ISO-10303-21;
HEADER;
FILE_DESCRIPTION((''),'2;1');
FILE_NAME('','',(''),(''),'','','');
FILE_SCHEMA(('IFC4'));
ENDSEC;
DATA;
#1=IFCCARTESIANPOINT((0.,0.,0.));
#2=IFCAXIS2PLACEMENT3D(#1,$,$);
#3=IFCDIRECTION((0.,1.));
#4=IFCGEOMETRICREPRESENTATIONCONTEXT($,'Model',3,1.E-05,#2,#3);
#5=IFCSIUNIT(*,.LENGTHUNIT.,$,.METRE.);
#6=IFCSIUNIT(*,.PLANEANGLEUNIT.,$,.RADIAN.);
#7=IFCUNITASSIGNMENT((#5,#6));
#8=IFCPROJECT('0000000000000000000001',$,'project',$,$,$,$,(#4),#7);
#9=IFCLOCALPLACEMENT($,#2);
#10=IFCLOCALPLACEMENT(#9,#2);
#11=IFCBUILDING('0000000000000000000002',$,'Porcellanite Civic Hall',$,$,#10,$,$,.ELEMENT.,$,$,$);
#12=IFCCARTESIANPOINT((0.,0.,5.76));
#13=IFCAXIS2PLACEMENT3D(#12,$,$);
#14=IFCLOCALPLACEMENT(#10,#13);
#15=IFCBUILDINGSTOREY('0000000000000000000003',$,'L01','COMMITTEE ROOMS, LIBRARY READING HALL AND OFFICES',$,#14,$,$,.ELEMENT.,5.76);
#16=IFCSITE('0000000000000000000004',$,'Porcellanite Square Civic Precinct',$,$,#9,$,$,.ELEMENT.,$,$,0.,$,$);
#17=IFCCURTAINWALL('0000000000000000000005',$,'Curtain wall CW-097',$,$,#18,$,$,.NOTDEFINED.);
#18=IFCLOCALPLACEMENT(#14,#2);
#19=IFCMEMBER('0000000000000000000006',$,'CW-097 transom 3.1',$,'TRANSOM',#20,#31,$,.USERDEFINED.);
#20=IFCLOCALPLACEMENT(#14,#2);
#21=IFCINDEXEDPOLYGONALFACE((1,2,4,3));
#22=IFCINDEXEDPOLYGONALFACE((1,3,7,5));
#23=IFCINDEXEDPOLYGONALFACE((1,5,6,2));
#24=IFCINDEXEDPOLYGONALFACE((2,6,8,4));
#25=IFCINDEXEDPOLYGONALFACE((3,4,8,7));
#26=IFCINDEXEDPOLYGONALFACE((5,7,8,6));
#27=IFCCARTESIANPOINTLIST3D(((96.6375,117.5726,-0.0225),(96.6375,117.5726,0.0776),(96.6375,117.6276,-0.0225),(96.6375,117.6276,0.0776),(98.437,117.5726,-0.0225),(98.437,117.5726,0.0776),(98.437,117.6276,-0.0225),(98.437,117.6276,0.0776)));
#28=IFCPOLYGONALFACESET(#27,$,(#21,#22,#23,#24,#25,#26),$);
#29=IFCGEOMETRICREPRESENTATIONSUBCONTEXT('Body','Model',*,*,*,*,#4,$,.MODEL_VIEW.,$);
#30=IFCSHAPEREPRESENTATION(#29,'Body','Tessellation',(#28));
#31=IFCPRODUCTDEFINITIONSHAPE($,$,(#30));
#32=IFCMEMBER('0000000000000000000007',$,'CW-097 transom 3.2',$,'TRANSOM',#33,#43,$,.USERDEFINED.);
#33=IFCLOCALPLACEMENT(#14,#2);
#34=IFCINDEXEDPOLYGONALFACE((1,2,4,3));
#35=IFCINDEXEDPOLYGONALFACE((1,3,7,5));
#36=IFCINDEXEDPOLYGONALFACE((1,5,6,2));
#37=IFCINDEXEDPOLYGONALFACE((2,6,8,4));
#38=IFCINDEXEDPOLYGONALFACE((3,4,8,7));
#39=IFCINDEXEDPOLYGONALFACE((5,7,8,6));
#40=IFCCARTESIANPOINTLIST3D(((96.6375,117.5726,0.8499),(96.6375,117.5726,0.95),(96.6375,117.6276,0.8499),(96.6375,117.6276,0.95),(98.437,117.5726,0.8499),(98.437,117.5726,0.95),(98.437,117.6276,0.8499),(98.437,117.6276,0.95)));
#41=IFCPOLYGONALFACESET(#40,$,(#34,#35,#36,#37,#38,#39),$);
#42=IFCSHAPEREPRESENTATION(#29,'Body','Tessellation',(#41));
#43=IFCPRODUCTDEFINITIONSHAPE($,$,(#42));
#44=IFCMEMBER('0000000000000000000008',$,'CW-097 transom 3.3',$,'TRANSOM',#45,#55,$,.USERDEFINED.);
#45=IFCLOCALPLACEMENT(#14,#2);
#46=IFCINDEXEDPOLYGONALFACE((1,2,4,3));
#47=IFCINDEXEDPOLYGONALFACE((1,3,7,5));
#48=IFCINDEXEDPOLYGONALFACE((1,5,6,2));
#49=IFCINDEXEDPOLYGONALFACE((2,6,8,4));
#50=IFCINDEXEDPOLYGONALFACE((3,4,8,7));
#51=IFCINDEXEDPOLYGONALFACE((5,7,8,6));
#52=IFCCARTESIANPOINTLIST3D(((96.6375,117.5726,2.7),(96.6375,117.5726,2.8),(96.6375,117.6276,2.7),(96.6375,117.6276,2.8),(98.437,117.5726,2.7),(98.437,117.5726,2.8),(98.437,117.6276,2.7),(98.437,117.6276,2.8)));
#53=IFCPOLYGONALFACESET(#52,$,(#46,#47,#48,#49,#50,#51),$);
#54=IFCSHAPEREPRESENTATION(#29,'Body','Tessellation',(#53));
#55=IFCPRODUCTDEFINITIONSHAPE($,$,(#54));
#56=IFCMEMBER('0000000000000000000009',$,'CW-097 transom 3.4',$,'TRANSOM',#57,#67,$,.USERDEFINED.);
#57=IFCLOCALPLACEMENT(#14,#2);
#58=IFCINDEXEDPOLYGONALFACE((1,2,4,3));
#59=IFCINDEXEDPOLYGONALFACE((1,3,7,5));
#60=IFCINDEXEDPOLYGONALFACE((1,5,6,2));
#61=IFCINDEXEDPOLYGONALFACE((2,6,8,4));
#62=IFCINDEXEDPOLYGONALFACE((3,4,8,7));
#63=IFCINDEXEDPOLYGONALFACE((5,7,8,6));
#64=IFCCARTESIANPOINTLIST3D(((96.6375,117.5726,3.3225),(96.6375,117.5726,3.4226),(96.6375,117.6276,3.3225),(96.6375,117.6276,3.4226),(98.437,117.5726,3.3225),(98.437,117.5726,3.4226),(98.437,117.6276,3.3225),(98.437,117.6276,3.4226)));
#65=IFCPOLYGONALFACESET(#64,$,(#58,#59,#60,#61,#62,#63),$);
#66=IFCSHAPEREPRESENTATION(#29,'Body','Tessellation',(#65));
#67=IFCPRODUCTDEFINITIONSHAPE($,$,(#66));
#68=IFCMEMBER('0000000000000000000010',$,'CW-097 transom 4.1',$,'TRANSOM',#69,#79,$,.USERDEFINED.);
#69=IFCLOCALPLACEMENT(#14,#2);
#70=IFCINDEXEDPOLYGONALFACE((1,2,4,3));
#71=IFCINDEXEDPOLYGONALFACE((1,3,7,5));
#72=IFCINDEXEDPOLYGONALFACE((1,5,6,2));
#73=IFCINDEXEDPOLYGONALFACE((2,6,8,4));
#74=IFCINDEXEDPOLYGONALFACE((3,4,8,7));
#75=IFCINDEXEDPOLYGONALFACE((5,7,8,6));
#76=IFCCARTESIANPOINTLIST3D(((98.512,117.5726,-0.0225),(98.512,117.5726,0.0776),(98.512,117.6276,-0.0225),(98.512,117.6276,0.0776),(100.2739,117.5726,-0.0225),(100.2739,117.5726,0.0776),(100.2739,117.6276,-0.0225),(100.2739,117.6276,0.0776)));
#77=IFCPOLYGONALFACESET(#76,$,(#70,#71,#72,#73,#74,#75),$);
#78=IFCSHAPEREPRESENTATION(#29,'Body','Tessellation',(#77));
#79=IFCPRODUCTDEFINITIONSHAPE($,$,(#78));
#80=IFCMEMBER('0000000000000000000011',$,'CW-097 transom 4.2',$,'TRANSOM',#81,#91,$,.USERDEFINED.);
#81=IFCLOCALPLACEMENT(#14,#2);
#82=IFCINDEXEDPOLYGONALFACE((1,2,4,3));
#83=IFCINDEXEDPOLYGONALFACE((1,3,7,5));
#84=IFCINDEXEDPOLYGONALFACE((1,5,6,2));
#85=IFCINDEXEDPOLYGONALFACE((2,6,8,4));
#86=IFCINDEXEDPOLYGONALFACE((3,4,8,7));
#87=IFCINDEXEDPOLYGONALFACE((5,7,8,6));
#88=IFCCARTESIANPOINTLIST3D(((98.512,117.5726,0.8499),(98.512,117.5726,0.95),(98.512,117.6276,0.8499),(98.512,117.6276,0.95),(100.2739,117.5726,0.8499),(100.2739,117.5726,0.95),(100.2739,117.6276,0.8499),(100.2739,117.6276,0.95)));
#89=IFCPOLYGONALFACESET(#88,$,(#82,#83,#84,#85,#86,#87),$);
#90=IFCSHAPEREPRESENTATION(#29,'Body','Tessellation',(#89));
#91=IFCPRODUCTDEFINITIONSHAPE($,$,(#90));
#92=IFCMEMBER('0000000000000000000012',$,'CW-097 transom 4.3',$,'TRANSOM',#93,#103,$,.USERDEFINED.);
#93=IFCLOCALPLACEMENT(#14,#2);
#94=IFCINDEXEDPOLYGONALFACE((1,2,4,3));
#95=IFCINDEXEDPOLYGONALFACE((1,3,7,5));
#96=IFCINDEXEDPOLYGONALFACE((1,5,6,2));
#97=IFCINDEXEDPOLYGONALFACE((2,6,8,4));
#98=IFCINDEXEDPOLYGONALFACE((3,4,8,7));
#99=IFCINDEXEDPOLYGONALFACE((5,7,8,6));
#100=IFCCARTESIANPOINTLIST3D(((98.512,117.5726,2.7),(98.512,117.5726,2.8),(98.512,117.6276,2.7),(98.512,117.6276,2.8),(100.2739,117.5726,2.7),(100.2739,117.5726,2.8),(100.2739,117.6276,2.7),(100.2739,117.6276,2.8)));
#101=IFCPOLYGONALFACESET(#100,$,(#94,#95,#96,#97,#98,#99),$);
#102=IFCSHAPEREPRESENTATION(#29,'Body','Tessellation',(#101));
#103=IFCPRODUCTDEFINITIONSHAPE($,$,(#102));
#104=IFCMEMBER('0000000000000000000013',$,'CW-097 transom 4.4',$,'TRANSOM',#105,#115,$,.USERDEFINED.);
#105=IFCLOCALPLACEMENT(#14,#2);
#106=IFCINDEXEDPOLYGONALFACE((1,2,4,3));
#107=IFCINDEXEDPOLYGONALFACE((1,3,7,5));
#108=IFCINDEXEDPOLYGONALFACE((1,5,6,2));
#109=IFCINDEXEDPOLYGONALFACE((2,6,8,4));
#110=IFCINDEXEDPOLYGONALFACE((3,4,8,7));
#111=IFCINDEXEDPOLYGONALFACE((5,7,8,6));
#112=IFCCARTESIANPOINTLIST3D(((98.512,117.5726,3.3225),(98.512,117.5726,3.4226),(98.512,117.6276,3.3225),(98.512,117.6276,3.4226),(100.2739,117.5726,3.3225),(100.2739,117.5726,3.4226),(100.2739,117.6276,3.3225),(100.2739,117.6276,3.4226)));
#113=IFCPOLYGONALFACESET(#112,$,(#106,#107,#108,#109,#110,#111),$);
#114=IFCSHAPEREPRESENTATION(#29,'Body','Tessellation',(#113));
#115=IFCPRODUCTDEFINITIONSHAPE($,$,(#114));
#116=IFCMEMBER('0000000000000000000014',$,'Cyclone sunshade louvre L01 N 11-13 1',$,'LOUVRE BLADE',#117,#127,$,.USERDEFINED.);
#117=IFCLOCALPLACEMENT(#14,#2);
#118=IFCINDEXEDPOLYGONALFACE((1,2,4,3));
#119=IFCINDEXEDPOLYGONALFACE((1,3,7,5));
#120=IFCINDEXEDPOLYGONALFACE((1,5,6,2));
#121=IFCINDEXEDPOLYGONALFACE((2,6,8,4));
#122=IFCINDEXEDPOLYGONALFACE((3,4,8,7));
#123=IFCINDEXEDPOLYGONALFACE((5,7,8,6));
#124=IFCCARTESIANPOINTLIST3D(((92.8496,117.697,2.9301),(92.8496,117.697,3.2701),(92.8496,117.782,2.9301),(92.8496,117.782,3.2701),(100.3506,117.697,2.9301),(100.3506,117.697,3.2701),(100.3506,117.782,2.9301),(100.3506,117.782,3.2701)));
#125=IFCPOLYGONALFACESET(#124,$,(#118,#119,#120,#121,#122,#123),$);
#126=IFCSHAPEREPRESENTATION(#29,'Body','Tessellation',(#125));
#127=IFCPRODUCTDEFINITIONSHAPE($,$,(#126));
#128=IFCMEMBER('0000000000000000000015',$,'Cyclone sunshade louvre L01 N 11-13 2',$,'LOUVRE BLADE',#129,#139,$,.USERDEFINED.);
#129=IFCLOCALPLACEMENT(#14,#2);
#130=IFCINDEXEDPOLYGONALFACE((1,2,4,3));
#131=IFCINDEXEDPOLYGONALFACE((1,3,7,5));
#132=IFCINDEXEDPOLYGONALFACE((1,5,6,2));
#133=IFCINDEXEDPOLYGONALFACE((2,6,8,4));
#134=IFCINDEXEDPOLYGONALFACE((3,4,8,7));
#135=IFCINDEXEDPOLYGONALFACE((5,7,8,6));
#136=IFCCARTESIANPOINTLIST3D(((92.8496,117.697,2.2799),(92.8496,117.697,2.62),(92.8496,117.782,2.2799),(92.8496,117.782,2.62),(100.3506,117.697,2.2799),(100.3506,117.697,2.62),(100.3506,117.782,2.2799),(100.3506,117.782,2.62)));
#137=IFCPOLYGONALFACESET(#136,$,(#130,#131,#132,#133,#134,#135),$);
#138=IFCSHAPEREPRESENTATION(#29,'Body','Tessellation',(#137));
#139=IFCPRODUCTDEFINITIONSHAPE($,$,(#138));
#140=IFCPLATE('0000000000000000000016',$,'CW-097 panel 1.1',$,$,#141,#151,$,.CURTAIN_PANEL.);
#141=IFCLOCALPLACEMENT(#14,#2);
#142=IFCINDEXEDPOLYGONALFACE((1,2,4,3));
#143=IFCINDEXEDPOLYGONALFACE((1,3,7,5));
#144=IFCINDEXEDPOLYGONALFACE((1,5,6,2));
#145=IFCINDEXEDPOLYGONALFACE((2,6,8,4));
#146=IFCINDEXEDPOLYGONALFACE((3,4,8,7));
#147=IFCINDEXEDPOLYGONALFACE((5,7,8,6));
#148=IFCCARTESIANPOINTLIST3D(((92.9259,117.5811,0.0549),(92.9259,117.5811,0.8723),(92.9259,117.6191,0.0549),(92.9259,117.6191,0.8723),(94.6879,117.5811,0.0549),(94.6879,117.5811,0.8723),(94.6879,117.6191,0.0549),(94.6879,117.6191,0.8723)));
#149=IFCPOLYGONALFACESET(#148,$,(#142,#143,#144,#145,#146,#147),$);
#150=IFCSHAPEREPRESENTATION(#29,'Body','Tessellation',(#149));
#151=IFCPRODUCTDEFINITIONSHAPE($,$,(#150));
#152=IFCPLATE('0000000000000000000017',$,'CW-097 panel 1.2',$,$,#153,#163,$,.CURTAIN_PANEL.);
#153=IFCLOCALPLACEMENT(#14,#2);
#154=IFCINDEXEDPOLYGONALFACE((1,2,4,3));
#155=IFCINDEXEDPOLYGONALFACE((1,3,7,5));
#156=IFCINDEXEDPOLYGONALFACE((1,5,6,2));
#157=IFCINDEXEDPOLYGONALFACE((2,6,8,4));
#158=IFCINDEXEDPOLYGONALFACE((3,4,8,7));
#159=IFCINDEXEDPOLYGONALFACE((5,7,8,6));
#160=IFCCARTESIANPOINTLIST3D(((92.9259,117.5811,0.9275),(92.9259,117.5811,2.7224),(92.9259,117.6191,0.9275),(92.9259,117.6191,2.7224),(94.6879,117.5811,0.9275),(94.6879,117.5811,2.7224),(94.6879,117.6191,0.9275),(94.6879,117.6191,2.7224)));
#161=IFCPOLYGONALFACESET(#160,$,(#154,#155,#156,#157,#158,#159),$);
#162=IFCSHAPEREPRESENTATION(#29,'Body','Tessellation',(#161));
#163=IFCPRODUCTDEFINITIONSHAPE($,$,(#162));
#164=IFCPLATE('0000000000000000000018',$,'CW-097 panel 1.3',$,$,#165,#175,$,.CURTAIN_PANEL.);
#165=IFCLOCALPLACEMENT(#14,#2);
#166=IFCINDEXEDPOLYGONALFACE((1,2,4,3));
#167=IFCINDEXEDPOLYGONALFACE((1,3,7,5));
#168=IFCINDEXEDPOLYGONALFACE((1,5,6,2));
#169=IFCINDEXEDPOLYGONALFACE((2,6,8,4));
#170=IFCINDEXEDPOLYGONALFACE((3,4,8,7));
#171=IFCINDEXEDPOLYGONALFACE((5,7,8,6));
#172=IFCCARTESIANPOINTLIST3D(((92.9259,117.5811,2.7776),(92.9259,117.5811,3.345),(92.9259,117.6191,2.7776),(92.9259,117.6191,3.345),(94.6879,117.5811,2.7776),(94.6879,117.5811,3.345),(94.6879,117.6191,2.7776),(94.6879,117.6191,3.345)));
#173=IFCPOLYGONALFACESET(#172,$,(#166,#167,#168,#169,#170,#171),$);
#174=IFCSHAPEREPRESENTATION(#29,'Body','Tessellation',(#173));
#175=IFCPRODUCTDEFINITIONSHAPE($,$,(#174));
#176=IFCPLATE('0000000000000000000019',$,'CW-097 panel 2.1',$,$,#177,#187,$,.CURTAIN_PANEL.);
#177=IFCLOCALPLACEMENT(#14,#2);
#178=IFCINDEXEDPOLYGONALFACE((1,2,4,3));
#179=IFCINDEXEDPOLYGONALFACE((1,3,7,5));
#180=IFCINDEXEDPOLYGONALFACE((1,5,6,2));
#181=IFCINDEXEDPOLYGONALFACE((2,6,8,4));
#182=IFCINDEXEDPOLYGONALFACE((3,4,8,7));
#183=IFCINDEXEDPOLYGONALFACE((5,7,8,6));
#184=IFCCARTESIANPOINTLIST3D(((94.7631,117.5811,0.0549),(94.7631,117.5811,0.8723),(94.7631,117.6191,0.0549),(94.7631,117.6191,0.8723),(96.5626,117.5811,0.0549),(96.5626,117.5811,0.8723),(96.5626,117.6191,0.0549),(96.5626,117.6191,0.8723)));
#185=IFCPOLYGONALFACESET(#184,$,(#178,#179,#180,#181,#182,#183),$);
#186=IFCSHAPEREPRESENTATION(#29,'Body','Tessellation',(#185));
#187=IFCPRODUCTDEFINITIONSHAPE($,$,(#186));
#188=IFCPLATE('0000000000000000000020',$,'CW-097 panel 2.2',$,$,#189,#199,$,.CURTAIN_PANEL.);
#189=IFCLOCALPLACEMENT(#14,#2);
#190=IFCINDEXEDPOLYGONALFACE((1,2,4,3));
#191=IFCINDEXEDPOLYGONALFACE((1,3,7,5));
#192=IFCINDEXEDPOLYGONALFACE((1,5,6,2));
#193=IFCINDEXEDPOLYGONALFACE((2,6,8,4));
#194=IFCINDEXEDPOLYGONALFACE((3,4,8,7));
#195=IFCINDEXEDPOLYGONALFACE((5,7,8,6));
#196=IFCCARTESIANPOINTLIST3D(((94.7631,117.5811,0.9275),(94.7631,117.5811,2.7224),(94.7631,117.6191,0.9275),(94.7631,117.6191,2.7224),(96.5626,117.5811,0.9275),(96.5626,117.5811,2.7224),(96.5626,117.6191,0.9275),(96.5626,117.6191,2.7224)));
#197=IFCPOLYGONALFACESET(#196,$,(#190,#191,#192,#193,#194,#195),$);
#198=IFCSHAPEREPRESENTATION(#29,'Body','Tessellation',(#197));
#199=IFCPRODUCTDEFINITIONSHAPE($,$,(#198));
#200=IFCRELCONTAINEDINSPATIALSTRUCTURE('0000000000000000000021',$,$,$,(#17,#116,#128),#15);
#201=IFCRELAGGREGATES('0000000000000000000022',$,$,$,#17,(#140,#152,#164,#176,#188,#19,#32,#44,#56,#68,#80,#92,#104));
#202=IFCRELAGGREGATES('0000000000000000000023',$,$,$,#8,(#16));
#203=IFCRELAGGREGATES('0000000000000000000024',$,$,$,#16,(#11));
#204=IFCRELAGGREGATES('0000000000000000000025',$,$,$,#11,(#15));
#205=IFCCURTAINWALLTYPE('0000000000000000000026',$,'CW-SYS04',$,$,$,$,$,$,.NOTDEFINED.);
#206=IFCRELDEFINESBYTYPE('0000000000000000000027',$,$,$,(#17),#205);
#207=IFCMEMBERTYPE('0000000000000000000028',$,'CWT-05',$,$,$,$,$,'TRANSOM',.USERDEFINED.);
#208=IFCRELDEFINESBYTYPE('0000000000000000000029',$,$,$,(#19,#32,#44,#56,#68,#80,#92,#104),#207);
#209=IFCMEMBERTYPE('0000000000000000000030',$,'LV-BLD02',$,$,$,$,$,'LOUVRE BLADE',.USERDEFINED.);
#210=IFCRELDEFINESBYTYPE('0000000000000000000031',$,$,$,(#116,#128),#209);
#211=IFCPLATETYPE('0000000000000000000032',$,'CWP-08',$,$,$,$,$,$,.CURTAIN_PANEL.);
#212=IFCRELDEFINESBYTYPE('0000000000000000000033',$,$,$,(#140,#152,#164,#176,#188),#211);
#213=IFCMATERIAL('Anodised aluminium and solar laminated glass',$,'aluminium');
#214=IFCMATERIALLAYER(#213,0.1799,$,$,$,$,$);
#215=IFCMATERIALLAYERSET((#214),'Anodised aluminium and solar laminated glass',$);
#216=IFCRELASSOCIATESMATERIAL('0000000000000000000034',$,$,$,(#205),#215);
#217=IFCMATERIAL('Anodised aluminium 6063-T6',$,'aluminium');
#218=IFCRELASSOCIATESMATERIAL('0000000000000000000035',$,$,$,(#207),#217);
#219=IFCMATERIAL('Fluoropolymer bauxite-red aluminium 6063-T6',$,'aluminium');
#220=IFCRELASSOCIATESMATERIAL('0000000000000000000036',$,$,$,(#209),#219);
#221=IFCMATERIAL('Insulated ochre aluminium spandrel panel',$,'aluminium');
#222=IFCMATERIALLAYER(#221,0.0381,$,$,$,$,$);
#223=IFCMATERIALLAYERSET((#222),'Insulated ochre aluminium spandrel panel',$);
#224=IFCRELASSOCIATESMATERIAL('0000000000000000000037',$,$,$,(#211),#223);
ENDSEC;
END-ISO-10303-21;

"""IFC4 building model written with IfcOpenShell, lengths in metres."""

from ifc_helpers import new_model, si_unit, direction, frame, origin, origin_2d, place, context, subcontext, project, spatial, rectangle, extrude, material, layer, layer_set, material_profile, profile_set, type_object, element, aggregate, save


model = new_model("IFC4")

# Units and contexts
model_context = context("Model", 3, precision=1e-05, world=origin(), true_north=direction((0.0, 1.0)))
body_context = subcontext(model_context, "Body", "Model", "MODEL_VIEW")
ifc_project = project(units=[si_unit("LENGTHUNIT", "METRE"), si_unit("PLANEANGLEUNIT", "RADIAN")], contexts=[model_context])

# Site, building, storey
site_placement = place(None, origin())
site = spatial("IfcSite", under=ifc_project, at=site_placement, Name="Porcellanite Square Civic Precinct", CompositionType="ELEMENT", RefElevation=0.0)
building_placement = place(site_placement, origin())
building = spatial("IfcBuilding", under=site, at=building_placement, Name="Porcellanite Civic Hall", CompositionType="ELEMENT")
storey_placement = place(building_placement, frame((0.0, 0.0, 5.76)))
storey = spatial("IfcBuildingStorey", under=building, at=storey_placement, Name="L01", Description="COMMITTEE ROOMS, LIBRARY READING HALL AND OFFICES", CompositionType="ELEMENT", Elevation=5.76)

# Curtain wall, members
ifc_material_1 = material(Name="Anodised aluminium and solar laminated glass", Category="aluminium")
ifc_layer_1 = layer(ifc_material_1, 0.1799)
ifc_layer_set_1 = layer_set([ifc_layer_1], Name="Anodised aluminium and solar laminated glass")
curtain_wall_type = type_object("IfcCurtainWallType", Name="CW-SYS04", PredefinedType="NOTDEFINED", material=ifc_layer_set_1)
curtain_wall_placement = place(storey_placement, origin())
curtain_wall = element("IfcCurtainWall", 1, at=curtain_wall_placement, inside=storey, type_object=curtain_wall_type, Name="Curtain wall CW-097", PredefinedType="NOTDEFINED")
ifc_material_2 = material(Name="Anodised aluminium 6063-T6", Category="aluminium")
ifc_material_profile_1 = material_profile(ifc_material_2, rectangle(XDim=0.0549, YDim=0.1001, at=origin_2d()), Name="AL-55x100")
ifc_profile_set_1 = profile_set([ifc_material_profile_1], Name="Anodised aluminium 6063-T6")
member_type_1 = type_object("IfcMemberType", Name="CWT-05", ElementType="TRANSOM", PredefinedType="USERDEFINED", material=ifc_profile_set_1)
member_1_placement = place(storey_placement, frame((96.6375, 117.6001, 0.0276), z_axis=(1.0, 0.0, 0.0), x_axis=(0.0, 1.0, 0.0)))
member_1 = element("IfcMember", 2, at=member_1_placement, type_object=member_type_1, Name="CW-097 transom 3.1", ObjectType="TRANSOM", PredefinedType="USERDEFINED", context=body_context, shape_type="SweptSolid", body=[
    extrude(rectangle(XDim=0.0549, YDim=0.1001, at=origin_2d()), origin(), (0.0, 0.0, 1.0), 1.7996),
])
member_2_placement = place(storey_placement, frame((96.6375, 117.6001, 0.8999), z_axis=(1.0, 0.0, 0.0), x_axis=(0.0, 1.0, 0.0)))
member_2 = element("IfcMember", 3, at=member_2_placement, type_object=member_type_1, Name="CW-097 transom 3.2", ObjectType="TRANSOM", PredefinedType="USERDEFINED", context=body_context, shape_type="SweptSolid", body=[
    extrude(rectangle(XDim=0.0549, YDim=0.1001, at=origin_2d()), origin(), (0.0, 0.0, 1.0), 1.7996),
])
member_3_placement = place(storey_placement, frame((96.6375, 117.6001, 2.75), z_axis=(1.0, 0.0, 0.0), x_axis=(0.0, 1.0, 0.0)))
member_3 = element("IfcMember", 4, at=member_3_placement, type_object=member_type_1, Name="CW-097 transom 3.3", ObjectType="TRANSOM", PredefinedType="USERDEFINED", context=body_context, shape_type="SweptSolid", body=[
    extrude(rectangle(XDim=0.0549, YDim=0.1001, at=origin_2d()), origin(), (0.0, 0.0, 1.0), 1.7996),
])
member_4_placement = place(storey_placement, frame((96.6375, 117.6001, 3.3726), z_axis=(1.0, 0.0, 0.0), x_axis=(0.0, 1.0, 0.0)))
member_4 = element("IfcMember", 5, at=member_4_placement, type_object=member_type_1, Name="CW-097 transom 3.4", ObjectType="TRANSOM", PredefinedType="USERDEFINED", context=body_context, shape_type="SweptSolid", body=[
    extrude(rectangle(XDim=0.0549, YDim=0.1001, at=origin_2d()), origin(), (0.0, 0.0, 1.0), 1.7996),
])
member_5_placement = place(storey_placement, frame((98.512, 117.6001, 0.0276), z_axis=(1.0, 0.0, 0.0), x_axis=(0.0, 1.0, 0.0)))
member_5 = element("IfcMember", 6, at=member_5_placement, type_object=member_type_1, Name="CW-097 transom 4.1", ObjectType="TRANSOM", PredefinedType="USERDEFINED", context=body_context, shape_type="SweptSolid", body=[
    extrude(rectangle(XDim=0.0549, YDim=0.1001, at=origin_2d()), origin(), (0.0, 0.0, 1.0), 1.762),
])
member_6_placement = place(storey_placement, frame((98.512, 117.6001, 0.8999), z_axis=(1.0, 0.0, 0.0), x_axis=(0.0, 1.0, 0.0)))
member_6 = element("IfcMember", 7, at=member_6_placement, type_object=member_type_1, Name="CW-097 transom 4.2", ObjectType="TRANSOM", PredefinedType="USERDEFINED", context=body_context, shape_type="SweptSolid", body=[
    extrude(rectangle(XDim=0.0549, YDim=0.1001, at=origin_2d()), origin(), (0.0, 0.0, 1.0), 1.762),
])
member_7_placement = place(storey_placement, frame((98.512, 117.6001, 2.75), z_axis=(1.0, 0.0, 0.0), x_axis=(0.0, 1.0, 0.0)))
member_7 = element("IfcMember", 8, at=member_7_placement, type_object=member_type_1, Name="CW-097 transom 4.3", ObjectType="TRANSOM", PredefinedType="USERDEFINED", context=body_context, shape_type="SweptSolid", body=[
    extrude(rectangle(XDim=0.0549, YDim=0.1001, at=origin_2d()), origin(), (0.0, 0.0, 1.0), 1.762),
])
member_8_placement = place(storey_placement, frame((98.512, 117.6001, 3.3726), z_axis=(1.0, 0.0, 0.0), x_axis=(0.0, 1.0, 0.0)))
member_8 = element("IfcMember", 9, at=member_8_placement, type_object=member_type_1, Name="CW-097 transom 4.4", ObjectType="TRANSOM", PredefinedType="USERDEFINED", context=body_context, shape_type="SweptSolid", body=[
    extrude(rectangle(XDim=0.0549, YDim=0.1001, at=origin_2d()), origin(), (0.0, 0.0, 1.0), 1.762),
])

# Members
ifc_material_3 = material(Name="Fluoropolymer bauxite-red aluminium 6063-T6", Category="aluminium")
ifc_material_profile_2 = material_profile(ifc_material_3, rectangle(XDim=0.085, YDim=0.3401, at=origin_2d()), Name="AL-85x340")
ifc_profile_set_2 = profile_set([ifc_material_profile_2], Name="Fluoropolymer bauxite-red aluminium 6063-T6")
member_type_2 = type_object("IfcMemberType", Name="LV-BLD02", ElementType="LOUVRE BLADE", PredefinedType="USERDEFINED", material=ifc_profile_set_2)
for number, where, z_axis, x_axis, name in (
    (10, (92.8496, 117.7395, 3.1001), (1.0, 0.0, 0.0), (0.0, 1.0, 0.0), "Cyclone sunshade louvre L01 N 11-13 1"),
    (11, (92.8496, 117.7395, 2.45), (1.0, 0.0, 0.0), (0.0, 1.0, 0.0), "Cyclone sunshade louvre L01 N 11-13 2"),
):
    element("IfcMember", number, at=place(storey_placement, frame(where, z_axis=z_axis, x_axis=x_axis)), inside=storey, type_object=member_type_2, Name=name, ObjectType="LOUVRE BLADE", PredefinedType="USERDEFINED", context=body_context, shape_type="SweptSolid", body=[
        extrude(rectangle(XDim=0.085, YDim=0.3401, at=origin_2d()), origin(), (0.0, 0.0, 1.0), 7.501),
    ])

# Plates
ifc_material_4 = material(Name="Insulated ochre aluminium spandrel panel", Category="aluminium")
ifc_layer_2 = layer(ifc_material_4, 0.0381)
ifc_layer_set_2 = layer_set([ifc_layer_2], Name="Insulated ochre aluminium spandrel panel")
plate_type = type_object("IfcPlateType", Name="CWP-08", PredefinedType="CURTAIN_PANEL", material=ifc_layer_set_2)
plate_1_placement = place(storey_placement, frame((93.8069, 117.6001, 0.0549), z_axis=(0.0, 0.0, 1.0), x_axis=(1.0, 0.0, 0.0)))
plate_1 = element("IfcPlate", 12, at=plate_1_placement, type_object=plate_type, Name="CW-097 panel 1.1", PredefinedType="CURTAIN_PANEL", context=body_context, shape_type="SweptSolid", body=[
    extrude(rectangle(XDim=1.762, YDim=0.0381, at=origin_2d()), origin(), (0.0, 0.0, 1.0), 0.8174),
])
plate_2_placement = place(storey_placement, frame((93.8069, 117.6001, 0.9275), z_axis=(0.0, 0.0, 1.0), x_axis=(1.0, 0.0, 0.0)))
plate_2 = element("IfcPlate", 13, at=plate_2_placement, type_object=plate_type, Name="CW-097 panel 1.2", PredefinedType="CURTAIN_PANEL", context=body_context, shape_type="SweptSolid", body=[
    extrude(rectangle(XDim=1.762, YDim=0.0381, at=origin_2d()), origin(), (0.0, 0.0, 1.0), 1.7949),
])
plate_3_placement = place(storey_placement, frame((93.8069, 117.6001, 2.7776), z_axis=(0.0, 0.0, 1.0), x_axis=(1.0, 0.0, 0.0)))
plate_3 = element("IfcPlate", 14, at=plate_3_placement, type_object=plate_type, Name="CW-097 panel 1.3", PredefinedType="CURTAIN_PANEL", context=body_context, shape_type="SweptSolid", body=[
    extrude(rectangle(XDim=1.762, YDim=0.0381, at=origin_2d()), origin(), (0.0, 0.0, 1.0), 0.5674),
])
plate_4_placement = place(storey_placement, frame((95.6628, 117.6001, 0.0549), z_axis=(0.0, 0.0, 1.0), x_axis=(1.0, 0.0, 0.0)))
plate_4 = element("IfcPlate", 15, at=plate_4_placement, type_object=plate_type, Name="CW-097 panel 2.1", PredefinedType="CURTAIN_PANEL", context=body_context, shape_type="SweptSolid", body=[
    extrude(rectangle(XDim=1.7996, YDim=0.0381, at=origin_2d()), origin(), (0.0, 0.0, 1.0), 0.8174),
])
plate_5_placement = place(storey_placement, frame((95.6628, 117.6001, 0.9275), z_axis=(0.0, 0.0, 1.0), x_axis=(1.0, 0.0, 0.0)))
plate_5 = element("IfcPlate", 16, at=plate_5_placement, type_object=plate_type, Name="CW-097 panel 2.2", PredefinedType="CURTAIN_PANEL", context=body_context, shape_type="SweptSolid", body=[
    extrude(rectangle(XDim=1.7996, YDim=0.0381, at=origin_2d()), origin(), (0.0, 0.0, 1.0), 1.7949),
])
aggregate(curtain_wall, [plate_1, plate_2, plate_3, plate_4, plate_5, member_1, member_2, member_3, member_4, member_5, member_6, member_7, member_8])

save(model, "model.ifc")
